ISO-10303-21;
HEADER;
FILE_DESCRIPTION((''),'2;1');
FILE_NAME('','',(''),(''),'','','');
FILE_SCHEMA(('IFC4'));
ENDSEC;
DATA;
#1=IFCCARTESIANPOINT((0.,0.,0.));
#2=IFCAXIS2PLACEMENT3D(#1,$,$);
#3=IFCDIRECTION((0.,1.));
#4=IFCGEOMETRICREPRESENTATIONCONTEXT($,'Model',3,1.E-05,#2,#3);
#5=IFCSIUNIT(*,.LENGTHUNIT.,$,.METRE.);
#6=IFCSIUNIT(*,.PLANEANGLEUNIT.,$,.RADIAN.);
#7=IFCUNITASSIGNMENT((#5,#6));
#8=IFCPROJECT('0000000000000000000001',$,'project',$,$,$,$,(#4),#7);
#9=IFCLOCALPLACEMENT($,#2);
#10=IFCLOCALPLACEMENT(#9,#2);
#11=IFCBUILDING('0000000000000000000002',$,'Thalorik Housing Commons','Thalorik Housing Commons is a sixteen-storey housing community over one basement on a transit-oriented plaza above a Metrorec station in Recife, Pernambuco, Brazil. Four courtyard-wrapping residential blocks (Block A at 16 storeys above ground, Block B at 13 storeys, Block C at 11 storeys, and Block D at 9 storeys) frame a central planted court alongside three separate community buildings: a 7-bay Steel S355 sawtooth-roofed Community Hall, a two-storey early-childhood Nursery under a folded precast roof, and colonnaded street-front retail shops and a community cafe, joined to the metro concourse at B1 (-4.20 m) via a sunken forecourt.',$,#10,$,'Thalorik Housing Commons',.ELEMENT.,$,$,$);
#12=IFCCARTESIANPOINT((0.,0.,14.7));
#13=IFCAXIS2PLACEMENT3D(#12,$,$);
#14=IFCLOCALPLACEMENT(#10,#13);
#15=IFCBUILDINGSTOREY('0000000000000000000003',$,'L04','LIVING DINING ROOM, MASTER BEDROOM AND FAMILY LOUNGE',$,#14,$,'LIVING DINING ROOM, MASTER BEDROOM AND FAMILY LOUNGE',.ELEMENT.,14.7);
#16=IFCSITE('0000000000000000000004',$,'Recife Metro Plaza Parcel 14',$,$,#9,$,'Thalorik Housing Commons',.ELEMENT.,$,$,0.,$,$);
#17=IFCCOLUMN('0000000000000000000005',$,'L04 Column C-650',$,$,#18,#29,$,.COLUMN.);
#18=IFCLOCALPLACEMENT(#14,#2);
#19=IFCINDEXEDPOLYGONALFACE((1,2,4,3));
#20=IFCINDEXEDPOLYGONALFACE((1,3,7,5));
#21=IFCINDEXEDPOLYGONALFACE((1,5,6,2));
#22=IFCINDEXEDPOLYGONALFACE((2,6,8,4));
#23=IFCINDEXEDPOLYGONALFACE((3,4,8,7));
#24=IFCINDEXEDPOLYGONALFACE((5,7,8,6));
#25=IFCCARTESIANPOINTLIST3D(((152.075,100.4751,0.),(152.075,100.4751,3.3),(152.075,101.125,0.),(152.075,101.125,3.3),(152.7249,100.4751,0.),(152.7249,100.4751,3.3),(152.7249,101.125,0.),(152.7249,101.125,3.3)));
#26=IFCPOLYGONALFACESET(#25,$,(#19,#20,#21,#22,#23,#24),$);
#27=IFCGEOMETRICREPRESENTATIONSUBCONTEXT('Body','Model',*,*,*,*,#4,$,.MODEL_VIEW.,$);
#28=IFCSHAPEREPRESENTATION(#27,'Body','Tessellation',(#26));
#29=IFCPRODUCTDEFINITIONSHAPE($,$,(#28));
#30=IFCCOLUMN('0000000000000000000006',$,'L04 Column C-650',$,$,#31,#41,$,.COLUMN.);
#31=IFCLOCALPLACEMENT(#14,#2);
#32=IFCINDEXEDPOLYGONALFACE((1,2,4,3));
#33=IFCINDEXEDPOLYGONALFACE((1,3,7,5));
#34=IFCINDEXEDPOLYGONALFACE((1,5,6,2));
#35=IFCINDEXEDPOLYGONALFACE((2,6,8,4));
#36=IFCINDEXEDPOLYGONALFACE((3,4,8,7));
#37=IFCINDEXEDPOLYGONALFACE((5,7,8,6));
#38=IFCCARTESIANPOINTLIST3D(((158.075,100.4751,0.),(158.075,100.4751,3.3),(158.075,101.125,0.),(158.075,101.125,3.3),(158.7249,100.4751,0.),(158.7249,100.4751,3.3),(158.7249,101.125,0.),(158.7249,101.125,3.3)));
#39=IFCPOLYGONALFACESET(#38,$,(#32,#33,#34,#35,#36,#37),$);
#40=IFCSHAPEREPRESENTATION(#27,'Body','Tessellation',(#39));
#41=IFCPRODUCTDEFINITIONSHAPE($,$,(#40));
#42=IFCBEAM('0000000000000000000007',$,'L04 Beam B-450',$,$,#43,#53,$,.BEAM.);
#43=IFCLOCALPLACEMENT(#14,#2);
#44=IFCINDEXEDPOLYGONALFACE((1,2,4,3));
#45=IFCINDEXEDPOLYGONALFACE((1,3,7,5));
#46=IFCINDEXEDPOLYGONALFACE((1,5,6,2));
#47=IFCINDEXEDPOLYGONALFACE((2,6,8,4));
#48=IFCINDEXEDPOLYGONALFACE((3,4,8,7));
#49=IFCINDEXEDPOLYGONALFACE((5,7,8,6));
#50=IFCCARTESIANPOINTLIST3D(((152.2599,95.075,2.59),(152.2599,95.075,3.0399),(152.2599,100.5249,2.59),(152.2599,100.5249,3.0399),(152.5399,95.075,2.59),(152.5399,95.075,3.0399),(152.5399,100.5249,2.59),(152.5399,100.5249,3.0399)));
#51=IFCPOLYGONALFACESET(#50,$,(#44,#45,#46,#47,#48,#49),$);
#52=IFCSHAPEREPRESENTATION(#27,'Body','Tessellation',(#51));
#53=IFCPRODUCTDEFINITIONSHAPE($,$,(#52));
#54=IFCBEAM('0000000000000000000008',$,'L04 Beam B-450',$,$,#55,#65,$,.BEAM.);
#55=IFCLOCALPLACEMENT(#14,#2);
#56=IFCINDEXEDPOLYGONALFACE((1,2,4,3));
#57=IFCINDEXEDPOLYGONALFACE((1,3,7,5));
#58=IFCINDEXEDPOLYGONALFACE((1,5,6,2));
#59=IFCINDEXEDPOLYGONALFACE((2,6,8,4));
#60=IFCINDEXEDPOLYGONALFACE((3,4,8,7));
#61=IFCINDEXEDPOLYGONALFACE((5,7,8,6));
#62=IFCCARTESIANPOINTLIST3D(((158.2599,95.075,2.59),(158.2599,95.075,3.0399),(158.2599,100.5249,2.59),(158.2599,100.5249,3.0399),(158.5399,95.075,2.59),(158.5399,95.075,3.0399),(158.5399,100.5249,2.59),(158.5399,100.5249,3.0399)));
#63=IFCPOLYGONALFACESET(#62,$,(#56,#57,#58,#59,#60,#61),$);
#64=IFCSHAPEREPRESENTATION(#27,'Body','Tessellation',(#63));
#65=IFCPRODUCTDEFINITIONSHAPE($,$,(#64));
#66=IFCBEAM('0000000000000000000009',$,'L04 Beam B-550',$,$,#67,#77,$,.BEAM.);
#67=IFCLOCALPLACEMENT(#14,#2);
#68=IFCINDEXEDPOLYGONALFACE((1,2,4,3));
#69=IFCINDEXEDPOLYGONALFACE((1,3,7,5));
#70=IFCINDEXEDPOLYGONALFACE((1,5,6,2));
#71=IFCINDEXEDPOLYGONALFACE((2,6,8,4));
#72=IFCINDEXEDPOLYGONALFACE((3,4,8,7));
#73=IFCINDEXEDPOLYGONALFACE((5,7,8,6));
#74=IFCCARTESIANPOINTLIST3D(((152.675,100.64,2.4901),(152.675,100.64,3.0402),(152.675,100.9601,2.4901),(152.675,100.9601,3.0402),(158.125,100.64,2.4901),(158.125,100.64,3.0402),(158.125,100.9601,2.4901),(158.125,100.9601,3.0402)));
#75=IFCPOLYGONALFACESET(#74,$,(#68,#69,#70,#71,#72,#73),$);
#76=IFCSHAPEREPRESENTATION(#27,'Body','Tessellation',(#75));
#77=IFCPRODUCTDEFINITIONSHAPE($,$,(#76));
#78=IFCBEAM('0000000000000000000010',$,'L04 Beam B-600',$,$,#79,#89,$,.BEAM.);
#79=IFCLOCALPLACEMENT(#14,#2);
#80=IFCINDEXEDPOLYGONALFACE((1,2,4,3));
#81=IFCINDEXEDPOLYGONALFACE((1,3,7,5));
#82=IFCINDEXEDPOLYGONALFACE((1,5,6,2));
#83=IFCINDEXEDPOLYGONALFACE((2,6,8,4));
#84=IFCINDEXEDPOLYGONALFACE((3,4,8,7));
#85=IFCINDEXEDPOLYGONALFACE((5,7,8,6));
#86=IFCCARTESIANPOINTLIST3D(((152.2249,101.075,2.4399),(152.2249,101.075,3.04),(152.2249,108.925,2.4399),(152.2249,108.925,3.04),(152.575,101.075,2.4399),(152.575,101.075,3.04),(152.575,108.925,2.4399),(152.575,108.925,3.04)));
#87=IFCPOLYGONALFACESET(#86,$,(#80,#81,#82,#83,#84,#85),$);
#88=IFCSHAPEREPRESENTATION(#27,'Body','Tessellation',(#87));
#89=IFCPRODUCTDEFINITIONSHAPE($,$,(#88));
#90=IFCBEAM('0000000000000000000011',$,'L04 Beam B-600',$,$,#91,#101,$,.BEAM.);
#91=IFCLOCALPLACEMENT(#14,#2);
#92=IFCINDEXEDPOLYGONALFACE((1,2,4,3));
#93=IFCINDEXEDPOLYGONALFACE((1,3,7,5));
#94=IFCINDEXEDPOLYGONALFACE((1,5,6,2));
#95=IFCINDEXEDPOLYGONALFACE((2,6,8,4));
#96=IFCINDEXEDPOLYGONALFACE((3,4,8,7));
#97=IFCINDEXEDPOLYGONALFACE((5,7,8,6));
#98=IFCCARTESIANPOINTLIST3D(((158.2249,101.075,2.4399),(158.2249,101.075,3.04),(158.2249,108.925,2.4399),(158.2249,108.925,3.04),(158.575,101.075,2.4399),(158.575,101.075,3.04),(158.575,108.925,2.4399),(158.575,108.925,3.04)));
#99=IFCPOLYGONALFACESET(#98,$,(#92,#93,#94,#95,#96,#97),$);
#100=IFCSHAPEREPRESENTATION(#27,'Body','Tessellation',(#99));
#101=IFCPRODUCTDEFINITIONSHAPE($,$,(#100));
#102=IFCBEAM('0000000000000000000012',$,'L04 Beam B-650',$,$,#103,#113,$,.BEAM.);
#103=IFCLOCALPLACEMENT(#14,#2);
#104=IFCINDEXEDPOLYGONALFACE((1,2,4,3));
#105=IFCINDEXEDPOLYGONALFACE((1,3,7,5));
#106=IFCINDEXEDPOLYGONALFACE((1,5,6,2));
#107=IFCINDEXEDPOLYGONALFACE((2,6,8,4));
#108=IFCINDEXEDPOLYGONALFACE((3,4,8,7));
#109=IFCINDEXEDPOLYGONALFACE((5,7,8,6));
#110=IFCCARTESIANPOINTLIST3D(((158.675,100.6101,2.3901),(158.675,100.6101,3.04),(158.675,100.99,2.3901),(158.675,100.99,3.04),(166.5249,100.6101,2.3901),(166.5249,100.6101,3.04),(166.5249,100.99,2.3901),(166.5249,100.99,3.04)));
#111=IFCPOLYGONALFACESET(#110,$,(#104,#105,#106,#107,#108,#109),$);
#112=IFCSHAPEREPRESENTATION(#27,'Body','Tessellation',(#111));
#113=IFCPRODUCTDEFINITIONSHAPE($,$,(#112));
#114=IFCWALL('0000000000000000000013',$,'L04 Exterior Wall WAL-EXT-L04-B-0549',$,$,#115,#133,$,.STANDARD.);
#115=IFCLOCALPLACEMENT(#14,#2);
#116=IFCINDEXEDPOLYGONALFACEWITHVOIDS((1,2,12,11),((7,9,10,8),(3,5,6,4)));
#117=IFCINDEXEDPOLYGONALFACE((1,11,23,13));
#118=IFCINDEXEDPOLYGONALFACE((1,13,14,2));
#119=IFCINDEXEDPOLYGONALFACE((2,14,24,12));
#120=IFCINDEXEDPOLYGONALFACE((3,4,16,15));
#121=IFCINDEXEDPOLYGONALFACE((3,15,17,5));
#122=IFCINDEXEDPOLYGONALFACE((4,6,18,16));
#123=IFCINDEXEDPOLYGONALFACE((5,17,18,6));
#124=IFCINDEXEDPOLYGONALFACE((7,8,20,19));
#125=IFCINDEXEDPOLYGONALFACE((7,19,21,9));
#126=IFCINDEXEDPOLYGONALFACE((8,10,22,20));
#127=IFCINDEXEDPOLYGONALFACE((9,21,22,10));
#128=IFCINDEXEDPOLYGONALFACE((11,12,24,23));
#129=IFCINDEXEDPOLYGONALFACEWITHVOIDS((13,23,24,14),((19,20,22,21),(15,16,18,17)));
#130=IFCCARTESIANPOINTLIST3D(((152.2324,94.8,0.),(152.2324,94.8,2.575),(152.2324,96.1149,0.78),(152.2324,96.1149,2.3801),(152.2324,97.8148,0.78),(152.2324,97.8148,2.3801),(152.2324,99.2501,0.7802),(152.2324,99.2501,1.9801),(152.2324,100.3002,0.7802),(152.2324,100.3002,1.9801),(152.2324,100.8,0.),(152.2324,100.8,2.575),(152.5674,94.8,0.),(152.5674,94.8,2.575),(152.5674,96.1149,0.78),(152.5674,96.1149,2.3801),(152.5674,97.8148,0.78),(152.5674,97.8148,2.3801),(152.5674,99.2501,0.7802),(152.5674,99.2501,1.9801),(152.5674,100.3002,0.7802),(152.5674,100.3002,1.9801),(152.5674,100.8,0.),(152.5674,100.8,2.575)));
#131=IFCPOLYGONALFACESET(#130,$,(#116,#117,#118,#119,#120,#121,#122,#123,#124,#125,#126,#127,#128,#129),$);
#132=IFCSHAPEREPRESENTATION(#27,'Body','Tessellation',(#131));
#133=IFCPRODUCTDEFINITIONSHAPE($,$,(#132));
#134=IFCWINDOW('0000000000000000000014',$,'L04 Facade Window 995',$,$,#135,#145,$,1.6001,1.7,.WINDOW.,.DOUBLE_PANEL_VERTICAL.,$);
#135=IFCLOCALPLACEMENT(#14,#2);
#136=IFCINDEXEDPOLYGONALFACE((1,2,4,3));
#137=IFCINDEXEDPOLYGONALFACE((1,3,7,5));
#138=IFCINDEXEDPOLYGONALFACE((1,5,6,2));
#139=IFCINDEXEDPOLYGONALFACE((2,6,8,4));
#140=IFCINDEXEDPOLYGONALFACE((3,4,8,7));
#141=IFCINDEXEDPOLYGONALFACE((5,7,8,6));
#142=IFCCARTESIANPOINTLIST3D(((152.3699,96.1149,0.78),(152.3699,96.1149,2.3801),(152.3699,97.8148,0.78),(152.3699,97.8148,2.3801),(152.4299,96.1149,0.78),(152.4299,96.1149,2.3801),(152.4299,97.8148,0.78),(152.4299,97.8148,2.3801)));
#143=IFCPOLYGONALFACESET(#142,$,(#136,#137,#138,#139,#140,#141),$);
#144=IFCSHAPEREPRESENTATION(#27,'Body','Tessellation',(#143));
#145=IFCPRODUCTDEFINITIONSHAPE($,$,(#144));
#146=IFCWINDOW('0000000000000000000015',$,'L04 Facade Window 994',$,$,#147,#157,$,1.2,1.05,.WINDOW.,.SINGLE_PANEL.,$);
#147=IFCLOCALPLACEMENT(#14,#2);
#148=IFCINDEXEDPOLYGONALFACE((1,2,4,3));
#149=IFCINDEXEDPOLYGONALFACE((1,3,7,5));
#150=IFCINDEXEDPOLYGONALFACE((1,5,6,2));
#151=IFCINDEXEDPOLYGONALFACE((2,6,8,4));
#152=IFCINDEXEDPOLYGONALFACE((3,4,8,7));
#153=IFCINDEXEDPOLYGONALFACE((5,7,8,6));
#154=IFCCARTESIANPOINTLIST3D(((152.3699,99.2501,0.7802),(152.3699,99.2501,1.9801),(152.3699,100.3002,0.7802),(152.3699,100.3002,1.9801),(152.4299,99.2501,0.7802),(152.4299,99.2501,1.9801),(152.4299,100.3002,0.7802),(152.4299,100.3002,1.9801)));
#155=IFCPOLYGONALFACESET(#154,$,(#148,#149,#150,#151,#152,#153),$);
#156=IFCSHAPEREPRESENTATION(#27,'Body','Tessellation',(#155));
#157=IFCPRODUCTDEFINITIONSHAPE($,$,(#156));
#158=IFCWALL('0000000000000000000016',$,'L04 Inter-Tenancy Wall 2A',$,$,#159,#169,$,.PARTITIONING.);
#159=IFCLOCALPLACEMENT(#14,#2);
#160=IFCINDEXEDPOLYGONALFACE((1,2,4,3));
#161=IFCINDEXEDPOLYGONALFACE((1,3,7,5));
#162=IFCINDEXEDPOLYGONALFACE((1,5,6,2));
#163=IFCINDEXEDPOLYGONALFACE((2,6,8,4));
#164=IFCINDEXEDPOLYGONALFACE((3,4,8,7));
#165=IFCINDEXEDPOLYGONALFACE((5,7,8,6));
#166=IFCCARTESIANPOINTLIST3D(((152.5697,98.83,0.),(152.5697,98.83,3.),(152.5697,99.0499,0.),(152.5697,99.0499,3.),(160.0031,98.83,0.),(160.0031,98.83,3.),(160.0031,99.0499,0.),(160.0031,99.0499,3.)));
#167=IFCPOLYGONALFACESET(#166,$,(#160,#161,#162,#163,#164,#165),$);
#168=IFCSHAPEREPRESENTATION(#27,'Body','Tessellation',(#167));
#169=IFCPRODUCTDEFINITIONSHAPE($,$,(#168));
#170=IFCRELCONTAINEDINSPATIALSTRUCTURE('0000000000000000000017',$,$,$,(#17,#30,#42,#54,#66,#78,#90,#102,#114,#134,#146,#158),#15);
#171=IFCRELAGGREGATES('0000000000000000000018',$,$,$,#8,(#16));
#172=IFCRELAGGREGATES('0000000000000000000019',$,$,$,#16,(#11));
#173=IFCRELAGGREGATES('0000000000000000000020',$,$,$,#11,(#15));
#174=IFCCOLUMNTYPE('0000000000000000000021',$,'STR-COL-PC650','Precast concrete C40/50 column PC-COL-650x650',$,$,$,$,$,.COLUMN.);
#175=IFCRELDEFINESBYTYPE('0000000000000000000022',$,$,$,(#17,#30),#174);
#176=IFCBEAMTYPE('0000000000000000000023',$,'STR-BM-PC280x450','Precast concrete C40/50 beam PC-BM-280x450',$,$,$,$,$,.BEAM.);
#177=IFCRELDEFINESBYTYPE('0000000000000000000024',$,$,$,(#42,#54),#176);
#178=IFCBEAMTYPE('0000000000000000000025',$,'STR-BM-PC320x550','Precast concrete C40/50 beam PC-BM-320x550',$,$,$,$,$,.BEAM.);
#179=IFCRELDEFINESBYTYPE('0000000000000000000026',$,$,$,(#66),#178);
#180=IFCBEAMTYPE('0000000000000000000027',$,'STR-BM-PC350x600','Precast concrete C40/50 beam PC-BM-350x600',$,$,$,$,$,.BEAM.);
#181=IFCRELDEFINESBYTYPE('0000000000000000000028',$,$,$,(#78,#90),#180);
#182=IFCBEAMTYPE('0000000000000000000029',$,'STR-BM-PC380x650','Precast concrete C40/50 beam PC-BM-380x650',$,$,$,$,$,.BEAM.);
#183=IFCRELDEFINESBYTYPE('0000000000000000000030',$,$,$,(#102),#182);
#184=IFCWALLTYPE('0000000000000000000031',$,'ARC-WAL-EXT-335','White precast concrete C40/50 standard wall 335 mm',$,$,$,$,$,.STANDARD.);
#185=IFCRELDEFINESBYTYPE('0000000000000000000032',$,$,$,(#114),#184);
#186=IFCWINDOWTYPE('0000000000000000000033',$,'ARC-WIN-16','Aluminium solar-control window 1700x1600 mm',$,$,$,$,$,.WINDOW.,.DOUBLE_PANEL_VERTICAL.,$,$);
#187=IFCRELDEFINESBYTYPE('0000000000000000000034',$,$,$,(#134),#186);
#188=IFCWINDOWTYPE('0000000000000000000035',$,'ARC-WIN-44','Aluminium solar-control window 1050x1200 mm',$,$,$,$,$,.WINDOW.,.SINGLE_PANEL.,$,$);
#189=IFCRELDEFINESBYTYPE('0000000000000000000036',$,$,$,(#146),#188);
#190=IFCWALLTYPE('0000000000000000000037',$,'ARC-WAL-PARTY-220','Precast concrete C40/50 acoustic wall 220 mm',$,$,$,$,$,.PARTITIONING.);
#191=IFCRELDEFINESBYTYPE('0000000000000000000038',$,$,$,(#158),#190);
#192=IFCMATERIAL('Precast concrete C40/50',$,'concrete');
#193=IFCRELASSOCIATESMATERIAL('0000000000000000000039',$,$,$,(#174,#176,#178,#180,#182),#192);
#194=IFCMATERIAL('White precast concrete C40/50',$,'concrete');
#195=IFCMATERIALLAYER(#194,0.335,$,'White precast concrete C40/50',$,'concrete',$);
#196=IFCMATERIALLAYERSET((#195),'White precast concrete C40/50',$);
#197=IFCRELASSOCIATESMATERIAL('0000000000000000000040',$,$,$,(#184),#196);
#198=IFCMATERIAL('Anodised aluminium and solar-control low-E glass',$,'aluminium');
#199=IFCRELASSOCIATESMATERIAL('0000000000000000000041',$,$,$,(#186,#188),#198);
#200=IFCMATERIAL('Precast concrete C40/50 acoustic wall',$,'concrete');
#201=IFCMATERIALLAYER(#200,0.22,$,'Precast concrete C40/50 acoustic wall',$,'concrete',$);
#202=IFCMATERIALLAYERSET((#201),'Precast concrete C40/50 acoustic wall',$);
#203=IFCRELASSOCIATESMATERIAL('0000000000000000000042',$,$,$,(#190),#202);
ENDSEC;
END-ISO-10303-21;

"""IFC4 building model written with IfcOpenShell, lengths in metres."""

from ifc_helpers import new_model, si_unit, direction, frame, frame_2d, origin, origin_2d, place, context, subcontext, project, spatial, rectangle, extrude, material, layer, layer_set, material_profile, profile_set, type_object, element, fill, save


model = new_model("IFC4")

# Units and contexts
model_context = context("Model", 3, precision=1e-05, world=origin(), true_north=direction((0.0, 1.0)))
body_context = subcontext(model_context, "Body", "Model", "MODEL_VIEW")
ifc_project = project(units=[si_unit("LENGTHUNIT", "METRE"), si_unit("PLANEANGLEUNIT", "RADIAN")], contexts=[model_context])

# Site, building, storey
site_placement = place(None, origin())
site = spatial("IfcSite", under=ifc_project, at=site_placement, Name="Recife Metro Plaza Parcel 14", LongName="Thalorik Housing Commons", CompositionType="ELEMENT", RefElevation=0.0)
building_placement = place(site_placement, origin())
building = spatial("IfcBuilding", under=site, at=building_placement, Name="Thalorik Housing Commons", Description="Thalorik Housing Commons is a sixteen-storey housing community over one basement on a transit-oriented plaza above a Metrorec station in Recife, Pernambuco, Brazil. Four courtyard-wrapping residential blocks (Block A at 16 storeys above ground, Block B at 13 storeys, Block C at 11 storeys, and Block D at 9 storeys) frame a central planted court alongside three separate community buildings: a 7-bay Steel S355 sawtooth-roofed Community Hall, a two-storey early-childhood Nursery under a folded precast roof, and colonnaded street-front retail shops and a community cafe, joined to the metro concourse at B1 (-4.20 m) via a sunken forecourt.", LongName="Thalorik Housing Commons", CompositionType="ELEMENT")
storey_placement = place(building_placement, frame((0.0, 0.0, 14.7)))
storey = spatial("IfcBuildingStorey", under=building, at=storey_placement, Name="L04", Description="LIVING DINING ROOM, MASTER BEDROOM AND FAMILY LOUNGE", LongName="LIVING DINING ROOM, MASTER BEDROOM AND FAMILY LOUNGE", CompositionType="ELEMENT", Elevation=14.7)

# Columns
ifc_material_1 = material(Name="Precast concrete C40/50", Category="concrete")
ifc_material_profile_1 = material_profile(ifc_material_1, rectangle(XDim=0.6499, YDim=0.6499, at=origin_2d()), Name="PC 650x650", Category="concrete")
ifc_profile_set_1 = profile_set([ifc_material_profile_1], Name="Precast concrete C40/50")
column_type = type_object("IfcColumnType", Name="STR-COL-PC650", Description="Precast concrete C40/50 column PC-COL-650x650", PredefinedType="COLUMN", material=ifc_profile_set_1)
for number, where, z_axis, x_axis, name in (
    (1, (152.3999, 100.8, 0.0), (0.0, 0.0, 1.0), (1.0, 0.0, 0.0), "L04 Column C-650"),
    (2, (158.3999, 100.8, 0.0), (0.0, 0.0, 1.0), (1.0, 0.0, 0.0), "L04 Column C-650"),
):
    element("IfcColumn", number, at=place(storey_placement, frame(where, z_axis=z_axis, x_axis=x_axis)), inside=storey, type_object=column_type, Name=name, PredefinedType="COLUMN", context=body_context, shape_type="SweptSolid", body=[
        extrude(rectangle(XDim=0.6499, YDim=0.6499, at=origin_2d()), origin(), (0.0, 0.0, 1.0), 3.3),
    ])

# Beams
ifc_material_profile_2 = material_profile(ifc_material_1, rectangle(XDim=0.28, YDim=0.45, at=origin_2d()), Name="PC 280x450", Category="concrete")
ifc_profile_set_2 = profile_set([ifc_material_profile_2], Name="Precast concrete C40/50")
beam_type_1 = type_object("IfcBeamType", Name="STR-BM-PC280x450", Description="Precast concrete C40/50 beam PC-BM-280x450", PredefinedType="BEAM", material=ifc_profile_set_2)
for number, where, z_axis, x_axis, name in (
    (3, (152.3999, 95.075, 2.8149), (0.0, 1.0, 0.0), (-1.0, 0.0, 0.0), "L04 Beam B-450"),
    (4, (158.3999, 95.075, 2.8149), (0.0, 1.0, 0.0), (-1.0, 0.0, 0.0), "L04 Beam B-450"),
):
    element("IfcBeam", number, at=place(storey_placement, frame(where, z_axis=z_axis, x_axis=x_axis)), inside=storey, type_object=beam_type_1, Name=name, PredefinedType="BEAM", context=body_context, shape_type="SweptSolid", body=[
        extrude(rectangle(XDim=0.28, YDim=0.45, at=origin_2d()), origin(), (0.0, 0.0, 1.0), 5.45),
    ])
ifc_material_profile_3 = material_profile(ifc_material_1, rectangle(XDim=0.3201, YDim=0.55, at=origin_2d()), Name="PC 320x550", Category="concrete")
ifc_profile_set_3 = profile_set([ifc_material_profile_3], Name="Precast concrete C40/50")
beam_type_2 = type_object("IfcBeamType", Name="STR-BM-PC320x550", Description="Precast concrete C40/50 beam PC-BM-320x550", PredefinedType="BEAM", material=ifc_profile_set_3)
beam_1_placement = place(storey_placement, frame((152.675, 100.8, 2.7651), z_axis=(1.0, 0.0, 0.0), x_axis=(0.0, 1.0, 0.0)))
element("IfcBeam", 5, at=beam_1_placement, inside=storey, type_object=beam_type_2, Name="L04 Beam B-550", PredefinedType="BEAM", context=body_context, shape_type="SweptSolid", body=[
    extrude(rectangle(XDim=0.3201, YDim=0.55, at=origin_2d()), origin(), (0.0, 0.0, 1.0), 5.45),
])
ifc_material_profile_4 = material_profile(ifc_material_1, rectangle(XDim=0.3501, YDim=0.6001, at=origin_2d()), Name="PC 350x600", Category="concrete")
ifc_profile_set_4 = profile_set([ifc_material_profile_4], Name="Precast concrete C40/50")
beam_type_3 = type_object("IfcBeamType", Name="STR-BM-PC350x600", Description="Precast concrete C40/50 beam PC-BM-350x600", PredefinedType="BEAM", material=ifc_profile_set_4)
for number, where, z_axis, x_axis, name in (
    (6, (152.3999, 101.075, 2.74), (0.0, 1.0, 0.0), (-1.0, 0.0, 0.0), "L04 Beam B-600"),
    (7, (158.3999, 101.075, 2.74), (0.0, 1.0, 0.0), (-1.0, 0.0, 0.0), "L04 Beam B-600"),
):
    element("IfcBeam", number, at=place(storey_placement, frame(where, z_axis=z_axis, x_axis=x_axis)), inside=storey, type_object=beam_type_3, Name=name, PredefinedType="BEAM", context=body_context, shape_type="SweptSolid", body=[
        extrude(rectangle(XDim=0.3501, YDim=0.6001, at=origin_2d()), origin(), (0.0, 0.0, 1.0), 7.8501),
    ])
ifc_material_profile_5 = material_profile(ifc_material_1, rectangle(XDim=0.3799, YDim=0.6499, at=origin_2d()), Name="PC 380x650", Category="concrete")
ifc_profile_set_5 = profile_set([ifc_material_profile_5], Name="Precast concrete C40/50")
beam_type_4 = type_object("IfcBeamType", Name="STR-BM-PC380x650", Description="Precast concrete C40/50 beam PC-BM-380x650", PredefinedType="BEAM", material=ifc_profile_set_5)
beam_2_placement = place(storey_placement, frame((158.675, 100.8, 2.7151), z_axis=(1.0, 0.0, 0.0), x_axis=(0.0, 1.0, 0.0)))
element("IfcBeam", 8, at=beam_2_placement, inside=storey, type_object=beam_type_4, Name="L04 Beam B-650", PredefinedType="BEAM", context=body_context, shape_type="SweptSolid", body=[
    extrude(rectangle(XDim=0.3799, YDim=0.6499, at=origin_2d()), origin(), (0.0, 0.0, 1.0), 7.8499),
])

# Wall, openings, windows
ifc_material_2 = material(Name="White precast concrete C40/50", Category="concrete")
ifc_layer_1 = layer(ifc_material_2, 0.335, Name="White precast concrete C40/50", Category="concrete")
ifc_layer_set_1 = layer_set([ifc_layer_1], Name="White precast concrete C40/50")
wall_type_1 = type_object("IfcWallType", Name="ARC-WAL-EXT-335", Description="White precast concrete C40/50 standard wall 335 mm", PredefinedType="STANDARD", material=ifc_layer_set_1)
wall_1_placement = place(storey_placement, frame((152.3999, 100.8, 0.0), z_axis=(0.0, 0.0, 1.0), x_axis=(0.0, -1.0, 0.0)))
wall_1 = element("IfcWall", 9, at=wall_1_placement, inside=storey, type_object=wall_type_1, Name="L04 Exterior Wall WAL-EXT-L04-B-0549", PredefinedType="STANDARD", context=body_context, shape_type="SweptSolid", body=[
    extrude(rectangle(XDim=6.0, YDim=0.335, at=frame_2d((3.0, 0.0))), origin(), (0.0, 0.0, 1.0), 2.575),
])
opening_1_placement = place(wall_1_placement, frame((0.5, 0.0, 0.78)))
opening_1 = element("IfcOpeningElement", 10, at=opening_1_placement, cuts=wall_1, PredefinedType="OPENING", context=body_context, shape_type="SweptSolid", body=[
    extrude(rectangle(XDim=1.05, YDim=1.2, at=frame_2d((0.5249, 0.6001))), frame((0.0, 0.1775, 0.0), z_axis=(0.0, -1.0, 0.0), x_axis=(1.0, 0.0, 0.0)), (0.0, 0.0, 1.0), 0.355),
])
opening_2_placement = place(wall_1_placement, frame((2.9851, 0.0, 0.78)))
opening_2 = element("IfcOpeningElement", 11, at=opening_2_placement, cuts=wall_1, PredefinedType="OPENING", context=body_context, shape_type="SweptSolid", body=[
    extrude(rectangle(XDim=1.7, YDim=1.6001, at=frame_2d((0.8501, 0.8))), frame((0.0, 0.1775, 0.0), z_axis=(0.0, -1.0, 0.0), x_axis=(1.0, 0.0, 0.0)), (0.0, 0.0, 1.0), 0.355),
])
ifc_material_3 = material(Name="Anodised aluminium and solar-control low-E glass", Category="aluminium")
window_type_1 = type_object("IfcWindowType", Name="ARC-WIN-16", Description="Aluminium solar-control window 1700x1600 mm", PartitioningType="DOUBLE_PANEL_VERTICAL", PredefinedType="WINDOW", material=ifc_material_3)
window_1_placement = place(opening_2_placement, origin())
window_1 = element("IfcWindow", 12, at=window_1_placement, inside=storey, type_object=window_type_1, Name="L04 Facade Window 995", OverallHeight=1.6001, OverallWidth=1.7, PartitioningType="DOUBLE_PANEL_VERTICAL", PredefinedType="WINDOW", context=body_context, shape_type="SweptSolid", body=[
    extrude(rectangle(XDim=1.7, YDim=1.6001, at=frame_2d((0.8501, 0.8))), frame((0.0, 0.03, 0.0), z_axis=(0.0, -1.0, 0.0), x_axis=(1.0, 0.0, 0.0)), (0.0, 0.0, 1.0), 0.0601),
])
fill(opening_2, window_1)
window_type_2 = type_object("IfcWindowType", Name="ARC-WIN-44", Description="Aluminium solar-control window 1050x1200 mm", PartitioningType="SINGLE_PANEL", PredefinedType="WINDOW", material=ifc_material_3)
window_2_placement = place(opening_1_placement, origin())
window_2 = element("IfcWindow", 13, at=window_2_placement, inside=storey, type_object=window_type_2, Name="L04 Facade Window 994", OverallHeight=1.2, OverallWidth=1.05, PartitioningType="SINGLE_PANEL", PredefinedType="WINDOW", context=body_context, shape_type="SweptSolid", body=[
    extrude(rectangle(XDim=1.05, YDim=1.2, at=frame_2d((0.5249, 0.6001))), frame((0.0, 0.03, 0.0), z_axis=(0.0, -1.0, 0.0), x_axis=(1.0, 0.0, 0.0)), (0.0, 0.0, 1.0), 0.0601),
])
fill(opening_1, window_2)

# Wall
ifc_material_4 = material(Name="Precast concrete C40/50 acoustic wall", Category="concrete")
ifc_layer_2 = layer(ifc_material_4, 0.22, Name="Precast concrete C40/50 acoustic wall", Category="concrete")
ifc_layer_set_2 = layer_set([ifc_layer_2], Name="Precast concrete C40/50 acoustic wall")
wall_type_2 = type_object("IfcWallType", Name="ARC-WAL-PARTY-220", Description="Precast concrete C40/50 acoustic wall 220 mm", PredefinedType="PARTITIONING", material=ifc_layer_set_2)
wall_2_placement = place(storey_placement, frame((152.5696, 98.9399, 0.0), z_axis=(0.0, 0.0, 1.0), x_axis=(1.0, 0.0, 0.0)))
element("IfcWall", 14, at=wall_2_placement, inside=storey, type_object=wall_type_2, Name="L04 Inter-Tenancy Wall 2A", PredefinedType="PARTITIONING", context=body_context, shape_type="SweptSolid", body=[
    extrude(rectangle(XDim=7.4333, YDim=0.22, at=frame_2d((3.7168, 0.0))), origin(), (0.0, 0.0, 1.0), 3.0),
])

save(model, "model.ifc")
